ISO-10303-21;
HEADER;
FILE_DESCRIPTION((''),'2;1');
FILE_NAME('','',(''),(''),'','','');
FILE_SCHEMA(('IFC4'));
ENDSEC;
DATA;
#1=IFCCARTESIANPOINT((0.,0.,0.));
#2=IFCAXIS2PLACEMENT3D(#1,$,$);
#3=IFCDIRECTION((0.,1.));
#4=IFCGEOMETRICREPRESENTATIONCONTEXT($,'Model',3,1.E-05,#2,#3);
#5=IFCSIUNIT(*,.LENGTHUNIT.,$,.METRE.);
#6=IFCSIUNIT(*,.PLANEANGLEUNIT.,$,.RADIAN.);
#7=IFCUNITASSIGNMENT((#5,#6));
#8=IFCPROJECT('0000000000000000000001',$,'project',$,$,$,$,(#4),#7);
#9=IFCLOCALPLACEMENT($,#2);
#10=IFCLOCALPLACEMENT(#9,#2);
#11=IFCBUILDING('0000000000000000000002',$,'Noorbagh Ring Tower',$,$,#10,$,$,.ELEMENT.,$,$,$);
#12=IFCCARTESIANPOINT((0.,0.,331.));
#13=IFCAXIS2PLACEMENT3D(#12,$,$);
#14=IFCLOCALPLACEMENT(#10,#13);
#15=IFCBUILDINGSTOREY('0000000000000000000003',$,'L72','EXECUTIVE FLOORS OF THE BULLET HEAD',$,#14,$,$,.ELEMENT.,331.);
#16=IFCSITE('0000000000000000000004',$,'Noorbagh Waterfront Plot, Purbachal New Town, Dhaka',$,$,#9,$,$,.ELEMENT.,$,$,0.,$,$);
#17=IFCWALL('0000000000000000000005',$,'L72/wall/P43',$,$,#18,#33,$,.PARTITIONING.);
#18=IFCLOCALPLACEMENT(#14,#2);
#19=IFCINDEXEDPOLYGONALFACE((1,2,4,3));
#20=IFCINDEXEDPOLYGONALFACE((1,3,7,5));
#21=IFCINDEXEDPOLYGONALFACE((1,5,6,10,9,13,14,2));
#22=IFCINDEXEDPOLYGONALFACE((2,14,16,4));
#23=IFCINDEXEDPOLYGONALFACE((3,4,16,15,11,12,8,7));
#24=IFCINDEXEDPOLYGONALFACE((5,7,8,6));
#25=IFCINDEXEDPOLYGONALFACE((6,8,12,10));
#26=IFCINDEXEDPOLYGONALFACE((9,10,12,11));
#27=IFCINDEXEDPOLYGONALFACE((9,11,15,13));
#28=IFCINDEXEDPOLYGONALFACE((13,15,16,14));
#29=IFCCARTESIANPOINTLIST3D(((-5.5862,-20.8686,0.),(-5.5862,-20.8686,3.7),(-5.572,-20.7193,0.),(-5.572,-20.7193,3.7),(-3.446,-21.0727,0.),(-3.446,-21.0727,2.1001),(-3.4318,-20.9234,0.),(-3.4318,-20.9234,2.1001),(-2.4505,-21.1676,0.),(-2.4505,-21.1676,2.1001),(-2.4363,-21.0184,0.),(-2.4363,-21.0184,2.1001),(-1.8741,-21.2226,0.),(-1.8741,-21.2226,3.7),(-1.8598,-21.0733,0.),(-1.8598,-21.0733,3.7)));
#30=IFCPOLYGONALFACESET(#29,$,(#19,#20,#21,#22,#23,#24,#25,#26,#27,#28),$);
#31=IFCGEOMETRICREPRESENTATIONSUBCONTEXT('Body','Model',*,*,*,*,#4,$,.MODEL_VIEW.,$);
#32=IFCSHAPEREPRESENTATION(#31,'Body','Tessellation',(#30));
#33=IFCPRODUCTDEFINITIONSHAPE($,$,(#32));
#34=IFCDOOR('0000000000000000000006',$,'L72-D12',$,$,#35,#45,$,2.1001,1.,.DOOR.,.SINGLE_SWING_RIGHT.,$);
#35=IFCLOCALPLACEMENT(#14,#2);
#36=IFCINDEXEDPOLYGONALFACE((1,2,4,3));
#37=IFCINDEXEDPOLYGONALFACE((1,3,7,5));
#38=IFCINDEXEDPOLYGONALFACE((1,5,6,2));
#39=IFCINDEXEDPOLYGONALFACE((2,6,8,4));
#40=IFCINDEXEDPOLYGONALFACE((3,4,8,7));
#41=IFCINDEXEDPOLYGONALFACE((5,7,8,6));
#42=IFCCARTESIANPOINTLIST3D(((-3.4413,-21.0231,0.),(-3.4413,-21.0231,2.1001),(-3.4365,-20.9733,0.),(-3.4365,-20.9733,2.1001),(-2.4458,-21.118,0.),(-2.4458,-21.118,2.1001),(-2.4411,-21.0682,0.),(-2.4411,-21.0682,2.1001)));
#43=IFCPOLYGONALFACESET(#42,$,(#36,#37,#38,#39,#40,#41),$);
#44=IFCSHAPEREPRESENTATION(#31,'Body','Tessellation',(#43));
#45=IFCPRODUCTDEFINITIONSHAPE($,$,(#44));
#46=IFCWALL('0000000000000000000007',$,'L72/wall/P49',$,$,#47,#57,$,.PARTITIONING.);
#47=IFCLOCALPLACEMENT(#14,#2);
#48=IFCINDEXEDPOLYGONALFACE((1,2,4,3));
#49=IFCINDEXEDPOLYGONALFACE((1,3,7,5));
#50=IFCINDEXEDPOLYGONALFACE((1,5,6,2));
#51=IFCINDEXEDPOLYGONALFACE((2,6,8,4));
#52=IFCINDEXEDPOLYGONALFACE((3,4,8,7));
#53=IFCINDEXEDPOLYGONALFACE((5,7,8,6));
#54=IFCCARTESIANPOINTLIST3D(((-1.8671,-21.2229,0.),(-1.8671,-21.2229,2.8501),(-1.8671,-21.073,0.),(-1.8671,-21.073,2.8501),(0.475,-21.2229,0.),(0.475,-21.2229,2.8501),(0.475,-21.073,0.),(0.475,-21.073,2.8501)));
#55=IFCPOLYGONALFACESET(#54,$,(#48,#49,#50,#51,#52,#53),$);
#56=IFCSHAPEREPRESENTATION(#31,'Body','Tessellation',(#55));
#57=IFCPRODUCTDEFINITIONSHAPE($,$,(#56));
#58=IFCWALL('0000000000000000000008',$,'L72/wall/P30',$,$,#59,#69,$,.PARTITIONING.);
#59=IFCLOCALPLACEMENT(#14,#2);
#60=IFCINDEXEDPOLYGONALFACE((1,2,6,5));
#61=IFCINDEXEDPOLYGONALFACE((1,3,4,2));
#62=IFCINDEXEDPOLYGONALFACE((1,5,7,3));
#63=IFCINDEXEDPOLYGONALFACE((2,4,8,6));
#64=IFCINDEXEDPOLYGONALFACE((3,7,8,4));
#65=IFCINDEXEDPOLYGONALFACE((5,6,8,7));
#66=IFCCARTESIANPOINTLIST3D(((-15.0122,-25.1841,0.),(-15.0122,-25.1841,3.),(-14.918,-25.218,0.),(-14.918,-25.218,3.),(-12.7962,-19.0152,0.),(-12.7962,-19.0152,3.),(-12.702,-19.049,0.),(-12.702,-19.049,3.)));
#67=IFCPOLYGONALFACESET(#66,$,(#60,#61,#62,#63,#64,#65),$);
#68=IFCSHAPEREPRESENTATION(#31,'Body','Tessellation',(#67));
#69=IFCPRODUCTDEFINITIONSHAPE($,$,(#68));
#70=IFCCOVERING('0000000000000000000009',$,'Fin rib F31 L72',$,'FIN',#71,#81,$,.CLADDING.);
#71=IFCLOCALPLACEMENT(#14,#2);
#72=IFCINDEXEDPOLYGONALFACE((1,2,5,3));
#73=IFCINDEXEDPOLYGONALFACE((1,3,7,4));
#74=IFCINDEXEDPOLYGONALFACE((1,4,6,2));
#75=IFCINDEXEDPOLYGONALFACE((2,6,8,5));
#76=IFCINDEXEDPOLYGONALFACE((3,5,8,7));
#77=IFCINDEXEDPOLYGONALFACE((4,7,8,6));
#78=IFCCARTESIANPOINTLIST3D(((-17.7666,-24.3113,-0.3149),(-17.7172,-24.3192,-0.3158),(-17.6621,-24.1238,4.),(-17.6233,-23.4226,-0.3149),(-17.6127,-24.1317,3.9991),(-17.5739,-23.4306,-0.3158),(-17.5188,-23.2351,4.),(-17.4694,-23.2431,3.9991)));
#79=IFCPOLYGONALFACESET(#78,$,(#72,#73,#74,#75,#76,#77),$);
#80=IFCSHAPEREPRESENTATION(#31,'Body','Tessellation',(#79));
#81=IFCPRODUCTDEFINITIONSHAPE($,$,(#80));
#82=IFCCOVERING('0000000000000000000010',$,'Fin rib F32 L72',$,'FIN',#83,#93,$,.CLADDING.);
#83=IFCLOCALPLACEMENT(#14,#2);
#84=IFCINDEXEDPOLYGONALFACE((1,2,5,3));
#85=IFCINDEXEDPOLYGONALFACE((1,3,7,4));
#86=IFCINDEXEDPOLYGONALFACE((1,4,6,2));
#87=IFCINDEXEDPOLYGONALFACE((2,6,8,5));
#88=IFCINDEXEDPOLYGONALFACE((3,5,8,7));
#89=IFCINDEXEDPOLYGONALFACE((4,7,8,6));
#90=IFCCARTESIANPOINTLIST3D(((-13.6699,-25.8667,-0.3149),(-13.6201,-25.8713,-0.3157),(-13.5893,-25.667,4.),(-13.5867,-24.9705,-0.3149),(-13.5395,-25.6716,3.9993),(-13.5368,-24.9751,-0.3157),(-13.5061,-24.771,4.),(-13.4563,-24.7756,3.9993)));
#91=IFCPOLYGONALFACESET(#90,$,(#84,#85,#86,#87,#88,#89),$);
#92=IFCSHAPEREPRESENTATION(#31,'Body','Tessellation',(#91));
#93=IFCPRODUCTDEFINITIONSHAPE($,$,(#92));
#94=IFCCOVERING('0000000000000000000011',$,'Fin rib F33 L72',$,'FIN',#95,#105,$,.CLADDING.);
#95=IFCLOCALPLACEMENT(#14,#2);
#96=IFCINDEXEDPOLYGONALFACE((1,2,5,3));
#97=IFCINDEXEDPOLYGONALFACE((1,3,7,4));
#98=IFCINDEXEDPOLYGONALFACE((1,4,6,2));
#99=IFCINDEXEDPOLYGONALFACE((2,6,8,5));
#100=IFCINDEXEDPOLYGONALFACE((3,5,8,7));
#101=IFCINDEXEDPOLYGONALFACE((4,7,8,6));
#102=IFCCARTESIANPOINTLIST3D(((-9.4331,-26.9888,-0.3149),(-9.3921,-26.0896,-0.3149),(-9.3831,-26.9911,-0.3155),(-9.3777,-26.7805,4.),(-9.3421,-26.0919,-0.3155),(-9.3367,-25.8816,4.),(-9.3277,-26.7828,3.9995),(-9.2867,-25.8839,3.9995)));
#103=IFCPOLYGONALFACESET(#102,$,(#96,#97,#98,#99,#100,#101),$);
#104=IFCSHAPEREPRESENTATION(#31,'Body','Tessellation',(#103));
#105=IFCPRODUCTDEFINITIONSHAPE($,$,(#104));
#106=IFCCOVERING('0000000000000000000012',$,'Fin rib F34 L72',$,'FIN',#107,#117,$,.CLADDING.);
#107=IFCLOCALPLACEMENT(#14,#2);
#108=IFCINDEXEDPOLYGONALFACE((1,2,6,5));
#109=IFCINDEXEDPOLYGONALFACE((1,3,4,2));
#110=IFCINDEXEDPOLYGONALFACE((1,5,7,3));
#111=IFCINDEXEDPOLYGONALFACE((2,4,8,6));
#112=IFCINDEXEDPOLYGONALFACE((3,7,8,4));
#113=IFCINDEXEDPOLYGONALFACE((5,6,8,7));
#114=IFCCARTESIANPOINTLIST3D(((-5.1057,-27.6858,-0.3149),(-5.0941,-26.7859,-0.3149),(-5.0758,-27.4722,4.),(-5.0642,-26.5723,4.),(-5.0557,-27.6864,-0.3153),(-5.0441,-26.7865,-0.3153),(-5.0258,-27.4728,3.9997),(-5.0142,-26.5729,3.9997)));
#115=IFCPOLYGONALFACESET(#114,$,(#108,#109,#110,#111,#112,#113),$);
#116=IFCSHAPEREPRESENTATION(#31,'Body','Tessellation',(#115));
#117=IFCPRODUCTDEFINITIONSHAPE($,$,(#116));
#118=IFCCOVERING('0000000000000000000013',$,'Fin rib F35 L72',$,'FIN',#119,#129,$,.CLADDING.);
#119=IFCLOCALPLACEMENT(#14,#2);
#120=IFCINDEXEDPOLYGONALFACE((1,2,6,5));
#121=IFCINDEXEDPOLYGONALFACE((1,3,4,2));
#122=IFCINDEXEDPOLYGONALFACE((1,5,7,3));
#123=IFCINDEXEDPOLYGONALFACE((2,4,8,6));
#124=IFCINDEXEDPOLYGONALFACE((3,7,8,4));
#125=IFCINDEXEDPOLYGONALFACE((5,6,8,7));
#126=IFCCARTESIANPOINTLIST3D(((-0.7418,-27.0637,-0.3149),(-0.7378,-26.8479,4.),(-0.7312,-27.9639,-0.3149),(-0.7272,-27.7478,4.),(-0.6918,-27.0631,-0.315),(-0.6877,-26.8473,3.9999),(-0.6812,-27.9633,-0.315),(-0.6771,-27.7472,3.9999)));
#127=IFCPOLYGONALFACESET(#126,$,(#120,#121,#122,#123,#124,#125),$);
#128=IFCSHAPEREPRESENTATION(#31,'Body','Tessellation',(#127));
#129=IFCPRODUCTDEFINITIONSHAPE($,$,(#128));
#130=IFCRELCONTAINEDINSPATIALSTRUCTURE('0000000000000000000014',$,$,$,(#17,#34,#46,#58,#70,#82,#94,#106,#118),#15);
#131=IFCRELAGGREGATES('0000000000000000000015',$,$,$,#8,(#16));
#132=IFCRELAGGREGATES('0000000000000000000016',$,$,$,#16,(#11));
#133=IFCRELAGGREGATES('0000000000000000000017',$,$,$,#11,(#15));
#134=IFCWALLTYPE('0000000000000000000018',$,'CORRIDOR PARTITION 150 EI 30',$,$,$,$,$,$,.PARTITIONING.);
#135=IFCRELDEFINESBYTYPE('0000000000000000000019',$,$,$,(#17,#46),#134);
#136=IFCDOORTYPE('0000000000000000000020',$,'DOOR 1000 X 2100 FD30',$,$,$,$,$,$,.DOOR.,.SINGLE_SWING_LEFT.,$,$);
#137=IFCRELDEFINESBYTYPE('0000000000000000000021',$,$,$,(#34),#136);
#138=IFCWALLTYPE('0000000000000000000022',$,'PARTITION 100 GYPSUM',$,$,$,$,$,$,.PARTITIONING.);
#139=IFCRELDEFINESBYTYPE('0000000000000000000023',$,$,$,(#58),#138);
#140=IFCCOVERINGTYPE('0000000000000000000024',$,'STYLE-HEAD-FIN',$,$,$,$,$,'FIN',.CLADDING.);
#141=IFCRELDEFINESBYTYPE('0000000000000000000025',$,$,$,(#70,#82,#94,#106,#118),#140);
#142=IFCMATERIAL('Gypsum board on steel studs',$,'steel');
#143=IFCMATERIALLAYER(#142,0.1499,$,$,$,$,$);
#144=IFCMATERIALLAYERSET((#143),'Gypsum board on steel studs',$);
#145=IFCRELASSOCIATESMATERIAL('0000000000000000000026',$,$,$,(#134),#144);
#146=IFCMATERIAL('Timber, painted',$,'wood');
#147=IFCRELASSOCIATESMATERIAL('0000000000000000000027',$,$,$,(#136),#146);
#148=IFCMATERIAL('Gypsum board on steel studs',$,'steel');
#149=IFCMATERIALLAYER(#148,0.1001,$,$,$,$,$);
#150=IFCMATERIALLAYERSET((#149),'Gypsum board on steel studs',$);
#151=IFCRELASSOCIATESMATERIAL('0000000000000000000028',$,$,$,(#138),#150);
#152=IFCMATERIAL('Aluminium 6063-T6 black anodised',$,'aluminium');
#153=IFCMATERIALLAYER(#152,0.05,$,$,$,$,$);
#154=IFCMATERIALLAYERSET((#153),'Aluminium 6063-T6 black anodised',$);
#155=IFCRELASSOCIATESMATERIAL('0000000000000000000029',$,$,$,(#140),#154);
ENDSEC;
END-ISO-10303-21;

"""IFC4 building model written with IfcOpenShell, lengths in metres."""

from ifc_helpers import new_model, si_unit, direction, frame, frame_2d, origin, place, context, subcontext, project, spatial, polyline, rectangle, outline, extrude, material, layer, layer_set, type_object, element, fill, save


model = new_model("IFC4")

# Units and contexts
model_context = context("Model", 3, precision=1e-05, world=origin(), true_north=direction((0.0, 1.0)))
body_context = subcontext(model_context, "Body", "Model", "MODEL_VIEW")
ifc_project = project(units=[si_unit("LENGTHUNIT", "METRE"), si_unit("PLANEANGLEUNIT", "RADIAN")], contexts=[model_context])

# Site, building, storey
site_placement = place(None, origin())
site = spatial("IfcSite", under=ifc_project, at=site_placement, Name="Noorbagh Waterfront Plot, Purbachal New Town, Dhaka", CompositionType="ELEMENT", RefElevation=0.0)
building_placement = place(site_placement, origin())
building = spatial("IfcBuilding", under=site, at=building_placement, Name="Noorbagh Ring Tower", CompositionType="ELEMENT")
storey_placement = place(building_placement, frame((0.0, 0.0, 331.0)))
storey = spatial("IfcBuildingStorey", under=building, at=storey_placement, Name="L72", Description="EXECUTIVE FLOORS OF THE BULLET HEAD", CompositionType="ELEMENT", Elevation=331.0)

# Shared definitions
ifc_material_1 = material(Name="Gypsum board on steel studs", Category="steel")
ifc_layer_1 = layer(ifc_material_1, 0.1499)
ifc_layer_set_1 = layer_set([ifc_layer_1], Name="Gypsum board on steel studs")
wall_type_1 = type_object("IfcWallType", Name="CORRIDOR PARTITION 150 EI 30", PredefinedType="PARTITIONING", material=ifc_layer_set_1)

# Wall, opening, door
wall_1_placement = place(storey_placement, frame((-5.5791, -20.7939, 0.0), z_axis=(0.0, 0.0, 1.0), x_axis=(0.995484, -0.094933, 0.0)))
wall_1 = element("IfcWall", 1, at=wall_1_placement, inside=storey, type_object=wall_type_1, Name="L72/wall/P43", PredefinedType="PARTITIONING", context=body_context, shape_type="SweptSolid", body=[
    extrude(rectangle(XDim=3.729, YDim=0.1499, at=frame_2d((1.8645, 0.0))), origin(), (0.0, 0.0, 1.0), 3.7),
])
opening_placement = place(wall_1_placement, frame((2.1499, 0.0, 0.0)))
opening = element("IfcOpeningElement", 2, at=opening_placement, cuts=wall_1, PredefinedType="OPENING", context=body_context, shape_type="SweptSolid", body=[
    extrude(rectangle(XDim=1.0, YDim=2.1001, at=frame_2d((0.5, 1.05))), frame((0.0, 0.085, 0.0), z_axis=(0.0, -1.0, 0.0), x_axis=(1.0, 0.0, 0.0)), (0.0, 0.0, 1.0), 0.1699),
])
ifc_material_2 = material(Name="Timber, painted", Category="wood")
door_type = type_object("IfcDoorType", Name="DOOR 1000 X 2100 FD30", OperationType="SINGLE_SWING_LEFT", PredefinedType="DOOR", material=ifc_material_2)
door_placement = place(opening_placement, origin())
door = element("IfcDoor", 3, at=door_placement, inside=storey, type_object=door_type, Name="L72-D12", OperationType="SINGLE_SWING_RIGHT", OverallHeight=2.1001, OverallWidth=1.0, PredefinedType="DOOR", context=body_context, shape_type="SweptSolid", body=[
    extrude(rectangle(XDim=1.0, YDim=2.1001, at=frame_2d((0.5, 1.05))), frame((0.0, 0.0249, 0.0), z_axis=(0.0, -1.0, 0.0), x_axis=(1.0, 0.0, 0.0)), (0.0, 0.0, 1.0), 0.05),
])
fill(opening, door)

# Walls
wall_2_placement = place(storey_placement, frame((-1.8669, -21.1479, 0.0), z_axis=(0.0, 0.0, 1.0), x_axis=(1.0, 0.0, 0.0)))
element("IfcWall", 4, at=wall_2_placement, inside=storey, type_object=wall_type_1, Name="L72/wall/P49", PredefinedType="PARTITIONING", context=body_context, shape_type="SweptSolid", body=[
    extrude(rectangle(XDim=2.342, YDim=0.1499, at=frame_2d((1.1709, 0.0))), origin(), (0.0, 0.0, 1.0), 2.8501),
])
ifc_material_3 = material(Name="Gypsum board on steel studs", Category="steel")
ifc_layer_2 = layer(ifc_material_3, 0.1001)
ifc_layer_set_2 = layer_set([ifc_layer_2], Name="Gypsum board on steel studs")
wall_type_2 = type_object("IfcWallType", Name="PARTITION 100 GYPSUM", PredefinedType="PARTITIONING", material=ifc_layer_set_2)
wall_3_placement = place(storey_placement, frame((-14.9651, -25.2009, 0.0), z_axis=(0.0, 0.0, 1.0), x_axis=(0.338077, 0.941118, 0.0)))
element("IfcWall", 5, at=wall_3_placement, inside=storey, type_object=wall_type_2, Name="L72/wall/P30", PredefinedType="PARTITIONING", context=body_context, shape_type="SweptSolid", body=[
    extrude(rectangle(XDim=6.5549, YDim=0.1001, at=frame_2d((3.2773, 0.0))), origin(), (0.0, 0.0, 1.0), 3.0),
])

# Coverings
ifc_material_4 = material(Name="Aluminium 6063-T6 black anodised", Category="aluminium")
ifc_layer_3 = layer(ifc_material_4, 0.05)
ifc_layer_set_3 = layer_set([ifc_layer_3], Name="Aluminium 6063-T6 black anodised")
covering_type_1 = type_object("IfcCoveringType", Name="STYLE-HEAD-FIN", ElementType="FIN", PredefinedType="CLADDING", material=ifc_layer_set_3)
covering_1_placement = place(storey_placement, frame((-17.7666, -24.3113, -0.3149), z_axis=(-0.987103, 0.159184, 0.016987), x_axis=(0.024186, 0.0434, 0.998765)))
element("IfcCovering", 6, at=covering_1_placement, inside=storey, type_object=covering_type_1, Name="Fin rib F31 L72", ObjectType="FIN", PredefinedType="CLADDING", context=body_context, shape_type="SweptSolid", body=[
    extrude(outline(polyline([(0.0, 0.0), (4.3203, 0.0), (4.3623, 0.8992), (0.042, 0.8992), (0.0, 0.0)])), origin(), (0.0, 0.0, -1.0), 0.05),
])
covering_2_placement = place(storey_placement, frame((-13.6699, -25.8667, -0.3149), z_axis=(-0.99561, 0.092495, 0.014311), x_axis=(0.018651, 0.046225, 0.998757)))
element("IfcCovering", 7, at=covering_2_placement, inside=storey, type_object=covering_type_1, Name="Fin rib F32 L72", ObjectType="FIN", PredefinedType="CLADDING", context=body_context, shape_type="SweptSolid", body=[
    extrude(outline(polyline([(0.0, 0.0), (4.3203, 0.0), (4.3633, 0.8988), (0.043, 0.8991), (0.0, 0.0)])), origin(), (0.0, 0.0, -1.0), 0.05),
])
covering_3_placement = place(storey_placement, frame((-9.4331, -26.9888, -0.3149), z_axis=(-0.998905, 0.045571, 0.010632), x_axis=(0.012829, 0.048203, 0.998755)))
element("IfcCovering", 8, at=covering_3_placement, inside=storey, type_object=covering_type_1, Name="Fin rib F33 L72", ObjectType="FIN", PredefinedType="CLADDING", context=body_context, shape_type="SweptSolid", body=[
    extrude(outline(polyline([(0.0, 0.0), (4.3203, 0.0), (4.3642, 0.8988), (0.0439, 0.899), (0.0, 0.0)])), origin(), (0.0, 0.0, -1.0), 0.05),
])
covering_4_placement = place(storey_placement, frame((-5.1057, -27.6858, -0.3149), z_axis=(-0.999897, 0.012885, 0.006292), x_axis=(0.006922, 0.049446, 0.998753)))
element("IfcCovering", 9, at=covering_4_placement, inside=storey, type_object=covering_type_1, Name="Fin rib F34 L72", ObjectType="FIN", PredefinedType="CLADDING", context=body_context, shape_type="SweptSolid", body=[
    extrude(outline(polyline([(0.0, 0.0), (4.3203, 0.0), (4.3649, 0.8989), (0.0446, 0.8989), (0.0, 0.0)])), origin(), (0.0, 0.0, -1.0), 0.05),
])
covering_5_placement = place(storey_placement, frame((-0.7312, -27.9639, -0.3149), z_axis=(-0.999929, -0.011799, 0.001524), x_axis=(0.000932, 0.050011, 0.998748)))
element("IfcCovering", 10, at=covering_5_placement, inside=storey, type_object=covering_type_1, Name="Fin rib F35 L72", ObjectType="FIN", PredefinedType="CLADDING", context=body_context, shape_type="SweptSolid", body=[
    extrude(outline(polyline([(0.0, 0.0), (4.3203, 0.0), (4.3653, 0.8988), (0.045, 0.8991), (0.0, 0.0)])), origin(), (0.0, 0.0, -1.0), 0.05),
])

save(model, "model.ifc")
